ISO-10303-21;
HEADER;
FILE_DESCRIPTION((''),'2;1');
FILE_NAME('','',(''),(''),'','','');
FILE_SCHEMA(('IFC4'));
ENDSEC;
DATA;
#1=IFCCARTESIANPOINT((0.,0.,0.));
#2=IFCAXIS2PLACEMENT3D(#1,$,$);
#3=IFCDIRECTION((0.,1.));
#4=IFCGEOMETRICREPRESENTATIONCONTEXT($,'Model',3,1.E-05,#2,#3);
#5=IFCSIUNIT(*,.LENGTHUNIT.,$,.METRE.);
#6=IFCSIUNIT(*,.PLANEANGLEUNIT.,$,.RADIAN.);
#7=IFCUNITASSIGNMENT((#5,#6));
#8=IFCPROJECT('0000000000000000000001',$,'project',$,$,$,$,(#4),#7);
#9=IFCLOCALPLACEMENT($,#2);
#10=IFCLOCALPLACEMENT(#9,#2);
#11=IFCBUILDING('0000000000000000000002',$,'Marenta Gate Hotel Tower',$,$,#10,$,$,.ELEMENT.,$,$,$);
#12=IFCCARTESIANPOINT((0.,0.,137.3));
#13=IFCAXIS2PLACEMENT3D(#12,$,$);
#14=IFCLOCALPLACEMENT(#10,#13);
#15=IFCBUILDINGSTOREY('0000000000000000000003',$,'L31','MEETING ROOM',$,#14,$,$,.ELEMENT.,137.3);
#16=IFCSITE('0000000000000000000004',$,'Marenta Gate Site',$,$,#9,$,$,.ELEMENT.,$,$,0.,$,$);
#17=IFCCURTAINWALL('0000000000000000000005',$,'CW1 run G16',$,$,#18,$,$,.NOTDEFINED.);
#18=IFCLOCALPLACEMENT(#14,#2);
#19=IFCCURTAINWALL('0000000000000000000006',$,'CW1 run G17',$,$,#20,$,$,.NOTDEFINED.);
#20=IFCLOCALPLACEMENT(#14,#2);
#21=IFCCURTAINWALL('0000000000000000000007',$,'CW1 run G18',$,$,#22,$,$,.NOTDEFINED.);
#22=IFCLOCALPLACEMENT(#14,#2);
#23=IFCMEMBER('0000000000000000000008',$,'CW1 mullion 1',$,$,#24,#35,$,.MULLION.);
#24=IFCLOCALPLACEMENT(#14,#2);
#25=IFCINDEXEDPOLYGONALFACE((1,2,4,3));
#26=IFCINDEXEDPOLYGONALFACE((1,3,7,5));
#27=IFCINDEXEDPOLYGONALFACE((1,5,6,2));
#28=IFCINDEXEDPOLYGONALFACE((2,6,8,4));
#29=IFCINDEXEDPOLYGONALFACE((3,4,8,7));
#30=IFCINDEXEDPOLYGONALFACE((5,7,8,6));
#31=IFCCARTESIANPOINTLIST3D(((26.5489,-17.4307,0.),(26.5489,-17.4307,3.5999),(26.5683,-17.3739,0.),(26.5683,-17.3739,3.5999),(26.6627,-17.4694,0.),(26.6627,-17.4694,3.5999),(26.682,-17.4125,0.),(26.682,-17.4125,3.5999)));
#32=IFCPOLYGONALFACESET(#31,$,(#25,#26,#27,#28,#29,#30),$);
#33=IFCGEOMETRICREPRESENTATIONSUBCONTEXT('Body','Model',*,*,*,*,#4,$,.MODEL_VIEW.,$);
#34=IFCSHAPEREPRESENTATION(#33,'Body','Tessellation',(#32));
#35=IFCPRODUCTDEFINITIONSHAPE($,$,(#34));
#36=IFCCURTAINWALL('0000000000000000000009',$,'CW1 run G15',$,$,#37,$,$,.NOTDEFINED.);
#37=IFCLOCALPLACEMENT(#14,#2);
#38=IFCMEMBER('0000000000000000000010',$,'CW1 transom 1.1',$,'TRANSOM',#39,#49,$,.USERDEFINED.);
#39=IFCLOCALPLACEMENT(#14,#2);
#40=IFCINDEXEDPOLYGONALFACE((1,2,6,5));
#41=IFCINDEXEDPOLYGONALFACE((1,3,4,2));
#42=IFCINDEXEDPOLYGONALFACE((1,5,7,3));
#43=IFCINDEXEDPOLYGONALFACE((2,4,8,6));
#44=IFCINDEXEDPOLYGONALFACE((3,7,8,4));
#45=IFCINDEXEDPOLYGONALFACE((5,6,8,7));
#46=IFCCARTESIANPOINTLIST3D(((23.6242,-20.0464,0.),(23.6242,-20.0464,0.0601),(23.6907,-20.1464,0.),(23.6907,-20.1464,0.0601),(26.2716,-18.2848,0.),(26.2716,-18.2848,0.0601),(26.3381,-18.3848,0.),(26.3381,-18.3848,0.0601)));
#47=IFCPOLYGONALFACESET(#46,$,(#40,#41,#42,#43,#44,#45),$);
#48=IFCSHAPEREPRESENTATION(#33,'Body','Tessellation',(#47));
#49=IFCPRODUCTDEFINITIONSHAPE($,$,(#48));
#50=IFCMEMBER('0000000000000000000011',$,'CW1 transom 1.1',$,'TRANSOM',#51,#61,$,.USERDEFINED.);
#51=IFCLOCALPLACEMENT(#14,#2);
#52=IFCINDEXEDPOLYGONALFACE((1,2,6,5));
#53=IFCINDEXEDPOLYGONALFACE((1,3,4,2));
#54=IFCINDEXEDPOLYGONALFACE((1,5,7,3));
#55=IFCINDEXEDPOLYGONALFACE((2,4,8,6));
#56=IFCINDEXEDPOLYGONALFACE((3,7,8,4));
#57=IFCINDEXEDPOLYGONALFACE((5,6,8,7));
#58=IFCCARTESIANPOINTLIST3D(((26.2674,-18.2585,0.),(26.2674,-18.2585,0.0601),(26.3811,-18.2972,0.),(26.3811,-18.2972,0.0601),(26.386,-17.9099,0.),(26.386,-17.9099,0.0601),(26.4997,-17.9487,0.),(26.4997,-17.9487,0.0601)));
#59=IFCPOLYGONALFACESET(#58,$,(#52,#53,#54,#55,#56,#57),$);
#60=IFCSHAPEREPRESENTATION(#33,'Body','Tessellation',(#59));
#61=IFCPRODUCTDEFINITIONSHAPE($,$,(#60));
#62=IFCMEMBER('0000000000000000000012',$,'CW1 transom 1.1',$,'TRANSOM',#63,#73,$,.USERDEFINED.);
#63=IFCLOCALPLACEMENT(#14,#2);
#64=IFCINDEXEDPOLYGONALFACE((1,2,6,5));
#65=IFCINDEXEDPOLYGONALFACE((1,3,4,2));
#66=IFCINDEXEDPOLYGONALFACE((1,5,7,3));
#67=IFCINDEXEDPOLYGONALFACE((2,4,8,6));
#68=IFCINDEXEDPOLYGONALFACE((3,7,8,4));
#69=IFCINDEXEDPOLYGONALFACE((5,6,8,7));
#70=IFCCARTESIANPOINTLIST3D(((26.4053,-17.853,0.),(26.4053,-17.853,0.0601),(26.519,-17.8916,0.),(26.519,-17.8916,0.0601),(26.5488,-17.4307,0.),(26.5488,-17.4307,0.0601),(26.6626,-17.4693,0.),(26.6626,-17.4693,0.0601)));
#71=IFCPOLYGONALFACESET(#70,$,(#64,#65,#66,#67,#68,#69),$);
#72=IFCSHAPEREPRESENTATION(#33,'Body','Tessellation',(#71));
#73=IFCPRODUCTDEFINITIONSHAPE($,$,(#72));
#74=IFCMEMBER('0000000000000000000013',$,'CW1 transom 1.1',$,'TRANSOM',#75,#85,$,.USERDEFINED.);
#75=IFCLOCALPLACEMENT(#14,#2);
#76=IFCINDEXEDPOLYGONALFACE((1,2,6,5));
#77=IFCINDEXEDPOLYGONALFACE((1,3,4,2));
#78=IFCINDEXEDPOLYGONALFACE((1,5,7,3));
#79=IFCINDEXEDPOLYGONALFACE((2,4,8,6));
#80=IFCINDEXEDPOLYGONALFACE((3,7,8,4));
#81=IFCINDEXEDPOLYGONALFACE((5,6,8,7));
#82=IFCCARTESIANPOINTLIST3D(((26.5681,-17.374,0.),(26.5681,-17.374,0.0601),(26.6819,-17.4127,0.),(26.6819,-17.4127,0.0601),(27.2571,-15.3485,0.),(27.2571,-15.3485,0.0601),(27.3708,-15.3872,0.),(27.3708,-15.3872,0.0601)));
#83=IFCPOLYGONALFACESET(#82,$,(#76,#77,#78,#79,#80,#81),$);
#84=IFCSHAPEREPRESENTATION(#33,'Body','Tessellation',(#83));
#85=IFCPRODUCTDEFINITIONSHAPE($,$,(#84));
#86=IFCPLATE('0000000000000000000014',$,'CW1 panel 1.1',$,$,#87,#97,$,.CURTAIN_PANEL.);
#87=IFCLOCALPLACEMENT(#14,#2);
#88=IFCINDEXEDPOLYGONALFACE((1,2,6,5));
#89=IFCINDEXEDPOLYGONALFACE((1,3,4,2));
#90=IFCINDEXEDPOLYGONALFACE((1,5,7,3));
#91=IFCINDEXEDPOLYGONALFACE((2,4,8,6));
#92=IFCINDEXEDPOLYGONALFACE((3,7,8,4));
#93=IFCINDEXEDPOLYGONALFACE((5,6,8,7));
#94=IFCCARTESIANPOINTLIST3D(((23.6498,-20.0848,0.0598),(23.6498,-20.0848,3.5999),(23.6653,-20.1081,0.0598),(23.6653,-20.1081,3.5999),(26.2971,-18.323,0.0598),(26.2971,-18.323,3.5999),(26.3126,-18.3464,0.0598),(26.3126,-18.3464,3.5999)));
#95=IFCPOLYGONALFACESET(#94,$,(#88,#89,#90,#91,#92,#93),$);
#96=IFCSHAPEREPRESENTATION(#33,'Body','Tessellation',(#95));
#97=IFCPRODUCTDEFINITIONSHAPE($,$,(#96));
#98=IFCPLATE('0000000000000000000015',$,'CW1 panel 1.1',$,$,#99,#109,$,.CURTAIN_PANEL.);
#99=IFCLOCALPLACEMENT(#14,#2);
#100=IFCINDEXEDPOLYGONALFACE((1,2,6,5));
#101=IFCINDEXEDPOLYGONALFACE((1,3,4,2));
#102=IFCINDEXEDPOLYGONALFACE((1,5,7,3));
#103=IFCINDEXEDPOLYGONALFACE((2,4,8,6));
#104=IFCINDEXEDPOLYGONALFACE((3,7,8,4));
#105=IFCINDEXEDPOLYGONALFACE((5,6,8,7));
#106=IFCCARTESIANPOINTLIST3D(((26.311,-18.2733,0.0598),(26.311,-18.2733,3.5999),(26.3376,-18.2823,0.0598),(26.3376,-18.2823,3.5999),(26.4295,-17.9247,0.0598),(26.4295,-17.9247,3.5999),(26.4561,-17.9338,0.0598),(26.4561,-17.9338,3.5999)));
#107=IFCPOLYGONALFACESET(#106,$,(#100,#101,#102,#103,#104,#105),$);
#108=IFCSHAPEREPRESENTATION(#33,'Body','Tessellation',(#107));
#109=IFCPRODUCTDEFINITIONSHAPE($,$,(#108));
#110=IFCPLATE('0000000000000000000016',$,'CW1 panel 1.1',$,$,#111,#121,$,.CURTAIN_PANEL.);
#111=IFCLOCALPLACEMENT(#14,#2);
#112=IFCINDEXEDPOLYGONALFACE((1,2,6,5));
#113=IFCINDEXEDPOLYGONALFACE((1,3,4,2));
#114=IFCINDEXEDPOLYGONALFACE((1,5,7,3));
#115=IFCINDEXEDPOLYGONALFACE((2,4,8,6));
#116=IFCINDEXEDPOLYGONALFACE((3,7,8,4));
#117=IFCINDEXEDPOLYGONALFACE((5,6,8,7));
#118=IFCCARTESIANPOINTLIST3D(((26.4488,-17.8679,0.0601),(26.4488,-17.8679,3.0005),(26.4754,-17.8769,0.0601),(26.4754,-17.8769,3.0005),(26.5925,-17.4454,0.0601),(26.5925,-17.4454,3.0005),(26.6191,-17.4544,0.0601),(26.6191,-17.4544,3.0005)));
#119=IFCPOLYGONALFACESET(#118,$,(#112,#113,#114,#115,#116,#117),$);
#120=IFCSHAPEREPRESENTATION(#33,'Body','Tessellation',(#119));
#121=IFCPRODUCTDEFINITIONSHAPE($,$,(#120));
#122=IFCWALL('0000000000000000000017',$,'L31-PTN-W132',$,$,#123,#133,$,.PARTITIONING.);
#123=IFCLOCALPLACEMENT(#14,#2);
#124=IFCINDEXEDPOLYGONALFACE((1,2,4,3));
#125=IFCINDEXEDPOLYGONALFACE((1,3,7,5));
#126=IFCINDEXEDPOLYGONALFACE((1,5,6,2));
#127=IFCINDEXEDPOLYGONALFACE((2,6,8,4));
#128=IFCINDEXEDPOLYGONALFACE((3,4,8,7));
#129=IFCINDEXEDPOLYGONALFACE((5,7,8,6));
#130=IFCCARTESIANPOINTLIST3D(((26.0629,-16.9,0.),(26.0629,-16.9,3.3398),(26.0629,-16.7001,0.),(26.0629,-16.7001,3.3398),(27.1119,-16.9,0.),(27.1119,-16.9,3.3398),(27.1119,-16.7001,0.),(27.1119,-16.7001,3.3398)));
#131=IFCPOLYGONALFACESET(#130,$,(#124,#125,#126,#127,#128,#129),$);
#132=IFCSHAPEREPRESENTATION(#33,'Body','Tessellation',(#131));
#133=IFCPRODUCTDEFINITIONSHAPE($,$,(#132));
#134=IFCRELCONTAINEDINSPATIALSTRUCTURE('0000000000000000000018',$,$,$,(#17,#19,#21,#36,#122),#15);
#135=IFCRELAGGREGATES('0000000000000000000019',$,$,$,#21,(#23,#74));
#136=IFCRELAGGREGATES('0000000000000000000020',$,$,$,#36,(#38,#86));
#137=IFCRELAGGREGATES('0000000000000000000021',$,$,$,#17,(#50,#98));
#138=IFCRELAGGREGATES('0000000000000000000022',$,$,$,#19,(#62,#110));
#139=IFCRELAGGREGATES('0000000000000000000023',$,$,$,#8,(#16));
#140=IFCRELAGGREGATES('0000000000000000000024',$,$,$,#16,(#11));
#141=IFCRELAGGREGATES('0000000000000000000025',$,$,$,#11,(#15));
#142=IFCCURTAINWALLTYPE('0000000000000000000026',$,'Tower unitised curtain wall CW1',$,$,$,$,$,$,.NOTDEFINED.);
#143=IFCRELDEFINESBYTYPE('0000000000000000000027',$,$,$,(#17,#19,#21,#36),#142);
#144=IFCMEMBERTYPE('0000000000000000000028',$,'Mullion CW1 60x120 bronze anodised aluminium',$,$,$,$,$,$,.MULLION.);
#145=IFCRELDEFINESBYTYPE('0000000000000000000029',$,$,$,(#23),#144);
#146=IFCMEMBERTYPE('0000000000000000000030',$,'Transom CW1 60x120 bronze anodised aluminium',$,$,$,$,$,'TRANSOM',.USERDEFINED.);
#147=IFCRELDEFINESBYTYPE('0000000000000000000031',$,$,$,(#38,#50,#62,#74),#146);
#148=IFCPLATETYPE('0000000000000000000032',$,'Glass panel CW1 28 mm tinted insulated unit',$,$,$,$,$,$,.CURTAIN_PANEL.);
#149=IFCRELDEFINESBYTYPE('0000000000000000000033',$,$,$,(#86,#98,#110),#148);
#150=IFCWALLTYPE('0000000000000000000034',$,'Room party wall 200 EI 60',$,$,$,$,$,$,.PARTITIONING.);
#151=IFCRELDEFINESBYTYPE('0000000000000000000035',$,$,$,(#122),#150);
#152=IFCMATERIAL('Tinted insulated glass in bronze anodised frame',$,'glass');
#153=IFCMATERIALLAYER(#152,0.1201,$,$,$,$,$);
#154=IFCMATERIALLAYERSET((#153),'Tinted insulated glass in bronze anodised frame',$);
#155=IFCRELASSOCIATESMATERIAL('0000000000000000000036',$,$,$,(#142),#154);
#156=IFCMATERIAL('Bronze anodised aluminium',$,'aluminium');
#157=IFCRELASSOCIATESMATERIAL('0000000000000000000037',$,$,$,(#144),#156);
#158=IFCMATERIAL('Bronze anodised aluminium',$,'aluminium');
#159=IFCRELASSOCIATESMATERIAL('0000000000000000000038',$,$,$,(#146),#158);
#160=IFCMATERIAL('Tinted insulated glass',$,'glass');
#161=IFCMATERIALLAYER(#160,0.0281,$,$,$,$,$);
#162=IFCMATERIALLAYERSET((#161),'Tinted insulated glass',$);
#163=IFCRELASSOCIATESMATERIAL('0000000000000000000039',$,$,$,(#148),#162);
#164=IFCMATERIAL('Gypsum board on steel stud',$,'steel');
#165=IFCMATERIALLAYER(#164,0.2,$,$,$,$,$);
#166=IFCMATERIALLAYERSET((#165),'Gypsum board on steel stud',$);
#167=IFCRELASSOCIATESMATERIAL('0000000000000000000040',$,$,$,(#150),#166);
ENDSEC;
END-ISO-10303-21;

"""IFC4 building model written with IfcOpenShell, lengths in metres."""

from ifc_helpers import new_model, si_unit, direction, frame, frame_2d, origin, origin_2d, place, context, subcontext, project, spatial, rectangle, extrude, material, layer, layer_set, material_profile, profile_set, type_object, element, aggregate, save


model = new_model("IFC4")

# Units and contexts
model_context = context("Model", 3, precision=1e-05, world=origin(), true_north=direction((0.0, 1.0)))
body_context = subcontext(model_context, "Body", "Model", "MODEL_VIEW")
ifc_project = project(units=[si_unit("LENGTHUNIT", "METRE"), si_unit("PLANEANGLEUNIT", "RADIAN")], contexts=[model_context])

# Site, building, storey
site_placement = place(None, origin())
site = spatial("IfcSite", under=ifc_project, at=site_placement, Name="Marenta Gate Site", CompositionType="ELEMENT", RefElevation=0.0)
building_placement = place(site_placement, origin())
building = spatial("IfcBuilding", under=site, at=building_placement, Name="Marenta Gate Hotel Tower", CompositionType="ELEMENT")
storey_placement = place(building_placement, frame((0.0, 0.0, 137.3)))
storey = spatial("IfcBuildingStorey", under=building, at=storey_placement, Name="L31", Description="MEETING ROOM", CompositionType="ELEMENT", Elevation=137.3)

# Curtain walls, members
ifc_material_1 = material(Name="Tinted insulated glass in bronze anodised frame", Category="glass")
ifc_layer_1 = layer(ifc_material_1, 0.1201)
ifc_layer_set_1 = layer_set([ifc_layer_1], Name="Tinted insulated glass in bronze anodised frame")
curtain_wall_type = type_object("IfcCurtainWallType", Name="Tower unitised curtain wall CW1", PredefinedType="NOTDEFINED", material=ifc_layer_set_1)
curtain_wall_1_placement = place(storey_placement, origin())
curtain_wall_1 = element("IfcCurtainWall", 1, at=curtain_wall_1_placement, inside=storey, type_object=curtain_wall_type, Name="CW1 run G16", PredefinedType="NOTDEFINED")
ifc_material_2 = material(Name="Bronze anodised aluminium", Category="aluminium")
ifc_material_profile_1 = material_profile(ifc_material_2, rectangle(XDim=0.1201, YDim=0.0601, at=origin_2d()), Name="Mullion CW1 60x120 bronze anodised aluminium")
ifc_profile_set_1 = profile_set([ifc_material_profile_1], Name="Bronze anodised aluminium")
member_type_1 = type_object("IfcMemberType", Name="Mullion CW1 60x120 bronze anodised aluminium", PredefinedType="MULLION", material=ifc_profile_set_1)
curtain_wall_2_placement = place(storey_placement, origin())
curtain_wall_2 = element("IfcCurtainWall", 2, at=curtain_wall_2_placement, inside=storey, type_object=curtain_wall_type, Name="CW1 run G17", PredefinedType="NOTDEFINED")
curtain_wall_3_placement = place(storey_placement, origin())
curtain_wall_3 = element("IfcCurtainWall", 3, at=curtain_wall_3_placement, inside=storey, type_object=curtain_wall_type, Name="CW1 run G18", PredefinedType="NOTDEFINED")
member_1_placement = place(storey_placement, frame((26.6155, -17.4216, 0.0), z_axis=(0.0, 0.0, 1.0), x_axis=(-0.946728, 0.322033, 0.0)))
member_1 = element("IfcMember", 4, at=member_1_placement, type_object=member_type_1, Name="CW1 mullion 1", PredefinedType="MULLION", context=body_context, shape_type="SweptSolid", body=[
    extrude(rectangle(XDim=0.1201, YDim=0.0601, at=origin_2d()), origin(), (0.0, 0.0, 1.0), 3.5999),
])
curtain_wall_4_placement = place(storey_placement, origin())
curtain_wall_4 = element("IfcCurtainWall", 5, at=curtain_wall_4_placement, inside=storey, type_object=curtain_wall_type, Name="CW1 run G15", PredefinedType="NOTDEFINED")
ifc_material_3 = material(Name="Bronze anodised aluminium", Category="aluminium")
ifc_material_profile_2 = material_profile(ifc_material_3, rectangle(XDim=0.1201, YDim=0.0601, at=origin_2d()), Name="Transom CW1 60x120 bronze anodised aluminium")
ifc_profile_set_2 = profile_set([ifc_material_profile_2], Name="Bronze anodised aluminium")
member_type_2 = type_object("IfcMemberType", Name="Transom CW1 60x120 bronze anodised aluminium", ElementType="TRANSOM", PredefinedType="USERDEFINED", material=ifc_profile_set_2)
member_2_placement = place(storey_placement, frame((23.6575, -20.0964, 0.03), z_axis=(0.832522, 0.553991, 0.0), x_axis=(-0.553991, 0.832522, 0.0)))
member_2 = element("IfcMember", 6, at=member_2_placement, type_object=member_type_2, Name="CW1 transom 1.1", ObjectType="TRANSOM", PredefinedType="USERDEFINED", context=body_context, shape_type="SweptSolid", body=[
    extrude(rectangle(XDim=0.1201, YDim=0.0601, at=origin_2d()), origin(), (0.0, 0.0, 1.0), 3.1799),
])

# Members
member_3_placement = place(storey_placement, frame((26.3242, -18.2778, 0.03), z_axis=(0.322188, 0.946676, 0.0), x_axis=(-0.946676, 0.322188, 0.0)))
member_3 = element("IfcMember", 7, at=member_3_placement, type_object=member_type_2, Name="CW1 transom 1.1", ObjectType="TRANSOM", PredefinedType="USERDEFINED", context=body_context, shape_type="SweptSolid", body=[
    extrude(rectangle(XDim=0.1201, YDim=0.0601, at=origin_2d()), origin(), (0.0, 0.0, 1.0), 0.3682),
])
member_4_placement = place(storey_placement, frame((26.4622, -17.8723, 0.03), z_axis=(0.321805, 0.946806, 0.0), x_axis=(-0.946806, 0.321805, 0.0)))
member_4 = element("IfcMember", 8, at=member_4_placement, type_object=member_type_2, Name="CW1 transom 1.1", ObjectType="TRANSOM", PredefinedType="USERDEFINED", context=body_context, shape_type="SweptSolid", body=[
    extrude(rectangle(XDim=0.1201, YDim=0.0601, at=origin_2d()), origin(), (0.0, 0.0, 1.0), 0.446),
])
member_5_placement = place(storey_placement, frame((26.625, -17.3933, 0.03), z_axis=(0.322042, 0.946725, 0.0), x_axis=(-0.946725, 0.322042, 0.0)))
member_5 = element("IfcMember", 9, at=member_5_placement, type_object=member_type_2, Name="CW1 transom 1.1", ObjectType="TRANSOM", PredefinedType="USERDEFINED", context=body_context, shape_type="SweptSolid", body=[
    extrude(rectangle(XDim=0.1201, YDim=0.0601, at=origin_2d()), origin(), (0.0, 0.0, 1.0), 2.1394),
])
aggregate(curtain_wall_3, [member_1, member_5])

# Plates
ifc_material_4 = material(Name="Tinted insulated glass", Category="glass")
ifc_layer_2 = layer(ifc_material_4, 0.0281)
ifc_layer_set_2 = layer_set([ifc_layer_2], Name="Tinted insulated glass")
plate_type = type_object("IfcPlateType", Name="Glass panel CW1 28 mm tinted insulated unit", PredefinedType="CURTAIN_PANEL", material=ifc_layer_set_2)
plate_1_placement = place(storey_placement, frame((24.9812, -19.2156, 0.0598), z_axis=(0.0, 0.0, 1.0), x_axis=(0.832506, 0.554016, 0.0)))
plate_1 = element("IfcPlate", 10, at=plate_1_placement, type_object=plate_type, Name="CW1 panel 1.1", PredefinedType="CURTAIN_PANEL", context=body_context, shape_type="SweptSolid", body=[
    extrude(rectangle(XDim=3.1799, YDim=0.0281, at=origin_2d()), origin(), (0.0, 0.0, 1.0), 3.54),
])
aggregate(curtain_wall_4, [member_2, plate_1])
plate_2_placement = place(storey_placement, frame((26.3835, -18.1035, 0.0598), z_axis=(0.0, 0.0, 1.0), x_axis=(0.322037, 0.946727, 0.0)))
plate_2 = element("IfcPlate", 11, at=plate_2_placement, type_object=plate_type, Name="CW1 panel 1.1", PredefinedType="CURTAIN_PANEL", context=body_context, shape_type="SweptSolid", body=[
    extrude(rectangle(XDim=0.3682, YDim=0.0281, at=origin_2d()), origin(), (0.0, 0.0, 1.0), 3.54),
])
aggregate(curtain_wall_1, [member_3, plate_2])
plate_3_placement = place(storey_placement, frame((26.5339, -17.6611, 0.0601), z_axis=(0.0, 0.0, 1.0), x_axis=(0.32203, 0.946729, 0.0)))
plate_3 = element("IfcPlate", 12, at=plate_3_placement, type_object=plate_type, Name="CW1 panel 1.1", PredefinedType="CURTAIN_PANEL", context=body_context, shape_type="SweptSolid", body=[
    extrude(rectangle(XDim=0.4463, YDim=0.0281, at=origin_2d()), origin(), (0.0, 0.0, 1.0), 2.9404),
])
aggregate(curtain_wall_2, [member_4, plate_3])

# Wall
ifc_material_5 = material(Name="Gypsum board on steel stud", Category="steel")
ifc_layer_3 = layer(ifc_material_5, 0.2)
ifc_layer_set_3 = layer_set([ifc_layer_3], Name="Gypsum board on steel stud")
wall_type = type_object("IfcWallType", Name="Room party wall 200 EI 60", PredefinedType="PARTITIONING", material=ifc_layer_set_3)
wall_placement = place(storey_placement, frame((26.063, -16.8, 0.0), z_axis=(0.0, 0.0, 1.0), x_axis=(1.0, 0.0, 0.0)))
element("IfcWall", 13, at=wall_placement, inside=storey, type_object=wall_type, Name="L31-PTN-W132", PredefinedType="PARTITIONING", context=body_context, shape_type="SweptSolid", body=[
    extrude(rectangle(XDim=1.0491, YDim=0.2, at=frame_2d((0.5244, 0.0))), origin(), (0.0, 0.0, 1.0), 3.3398),
])

save(model, "model.ifc")
